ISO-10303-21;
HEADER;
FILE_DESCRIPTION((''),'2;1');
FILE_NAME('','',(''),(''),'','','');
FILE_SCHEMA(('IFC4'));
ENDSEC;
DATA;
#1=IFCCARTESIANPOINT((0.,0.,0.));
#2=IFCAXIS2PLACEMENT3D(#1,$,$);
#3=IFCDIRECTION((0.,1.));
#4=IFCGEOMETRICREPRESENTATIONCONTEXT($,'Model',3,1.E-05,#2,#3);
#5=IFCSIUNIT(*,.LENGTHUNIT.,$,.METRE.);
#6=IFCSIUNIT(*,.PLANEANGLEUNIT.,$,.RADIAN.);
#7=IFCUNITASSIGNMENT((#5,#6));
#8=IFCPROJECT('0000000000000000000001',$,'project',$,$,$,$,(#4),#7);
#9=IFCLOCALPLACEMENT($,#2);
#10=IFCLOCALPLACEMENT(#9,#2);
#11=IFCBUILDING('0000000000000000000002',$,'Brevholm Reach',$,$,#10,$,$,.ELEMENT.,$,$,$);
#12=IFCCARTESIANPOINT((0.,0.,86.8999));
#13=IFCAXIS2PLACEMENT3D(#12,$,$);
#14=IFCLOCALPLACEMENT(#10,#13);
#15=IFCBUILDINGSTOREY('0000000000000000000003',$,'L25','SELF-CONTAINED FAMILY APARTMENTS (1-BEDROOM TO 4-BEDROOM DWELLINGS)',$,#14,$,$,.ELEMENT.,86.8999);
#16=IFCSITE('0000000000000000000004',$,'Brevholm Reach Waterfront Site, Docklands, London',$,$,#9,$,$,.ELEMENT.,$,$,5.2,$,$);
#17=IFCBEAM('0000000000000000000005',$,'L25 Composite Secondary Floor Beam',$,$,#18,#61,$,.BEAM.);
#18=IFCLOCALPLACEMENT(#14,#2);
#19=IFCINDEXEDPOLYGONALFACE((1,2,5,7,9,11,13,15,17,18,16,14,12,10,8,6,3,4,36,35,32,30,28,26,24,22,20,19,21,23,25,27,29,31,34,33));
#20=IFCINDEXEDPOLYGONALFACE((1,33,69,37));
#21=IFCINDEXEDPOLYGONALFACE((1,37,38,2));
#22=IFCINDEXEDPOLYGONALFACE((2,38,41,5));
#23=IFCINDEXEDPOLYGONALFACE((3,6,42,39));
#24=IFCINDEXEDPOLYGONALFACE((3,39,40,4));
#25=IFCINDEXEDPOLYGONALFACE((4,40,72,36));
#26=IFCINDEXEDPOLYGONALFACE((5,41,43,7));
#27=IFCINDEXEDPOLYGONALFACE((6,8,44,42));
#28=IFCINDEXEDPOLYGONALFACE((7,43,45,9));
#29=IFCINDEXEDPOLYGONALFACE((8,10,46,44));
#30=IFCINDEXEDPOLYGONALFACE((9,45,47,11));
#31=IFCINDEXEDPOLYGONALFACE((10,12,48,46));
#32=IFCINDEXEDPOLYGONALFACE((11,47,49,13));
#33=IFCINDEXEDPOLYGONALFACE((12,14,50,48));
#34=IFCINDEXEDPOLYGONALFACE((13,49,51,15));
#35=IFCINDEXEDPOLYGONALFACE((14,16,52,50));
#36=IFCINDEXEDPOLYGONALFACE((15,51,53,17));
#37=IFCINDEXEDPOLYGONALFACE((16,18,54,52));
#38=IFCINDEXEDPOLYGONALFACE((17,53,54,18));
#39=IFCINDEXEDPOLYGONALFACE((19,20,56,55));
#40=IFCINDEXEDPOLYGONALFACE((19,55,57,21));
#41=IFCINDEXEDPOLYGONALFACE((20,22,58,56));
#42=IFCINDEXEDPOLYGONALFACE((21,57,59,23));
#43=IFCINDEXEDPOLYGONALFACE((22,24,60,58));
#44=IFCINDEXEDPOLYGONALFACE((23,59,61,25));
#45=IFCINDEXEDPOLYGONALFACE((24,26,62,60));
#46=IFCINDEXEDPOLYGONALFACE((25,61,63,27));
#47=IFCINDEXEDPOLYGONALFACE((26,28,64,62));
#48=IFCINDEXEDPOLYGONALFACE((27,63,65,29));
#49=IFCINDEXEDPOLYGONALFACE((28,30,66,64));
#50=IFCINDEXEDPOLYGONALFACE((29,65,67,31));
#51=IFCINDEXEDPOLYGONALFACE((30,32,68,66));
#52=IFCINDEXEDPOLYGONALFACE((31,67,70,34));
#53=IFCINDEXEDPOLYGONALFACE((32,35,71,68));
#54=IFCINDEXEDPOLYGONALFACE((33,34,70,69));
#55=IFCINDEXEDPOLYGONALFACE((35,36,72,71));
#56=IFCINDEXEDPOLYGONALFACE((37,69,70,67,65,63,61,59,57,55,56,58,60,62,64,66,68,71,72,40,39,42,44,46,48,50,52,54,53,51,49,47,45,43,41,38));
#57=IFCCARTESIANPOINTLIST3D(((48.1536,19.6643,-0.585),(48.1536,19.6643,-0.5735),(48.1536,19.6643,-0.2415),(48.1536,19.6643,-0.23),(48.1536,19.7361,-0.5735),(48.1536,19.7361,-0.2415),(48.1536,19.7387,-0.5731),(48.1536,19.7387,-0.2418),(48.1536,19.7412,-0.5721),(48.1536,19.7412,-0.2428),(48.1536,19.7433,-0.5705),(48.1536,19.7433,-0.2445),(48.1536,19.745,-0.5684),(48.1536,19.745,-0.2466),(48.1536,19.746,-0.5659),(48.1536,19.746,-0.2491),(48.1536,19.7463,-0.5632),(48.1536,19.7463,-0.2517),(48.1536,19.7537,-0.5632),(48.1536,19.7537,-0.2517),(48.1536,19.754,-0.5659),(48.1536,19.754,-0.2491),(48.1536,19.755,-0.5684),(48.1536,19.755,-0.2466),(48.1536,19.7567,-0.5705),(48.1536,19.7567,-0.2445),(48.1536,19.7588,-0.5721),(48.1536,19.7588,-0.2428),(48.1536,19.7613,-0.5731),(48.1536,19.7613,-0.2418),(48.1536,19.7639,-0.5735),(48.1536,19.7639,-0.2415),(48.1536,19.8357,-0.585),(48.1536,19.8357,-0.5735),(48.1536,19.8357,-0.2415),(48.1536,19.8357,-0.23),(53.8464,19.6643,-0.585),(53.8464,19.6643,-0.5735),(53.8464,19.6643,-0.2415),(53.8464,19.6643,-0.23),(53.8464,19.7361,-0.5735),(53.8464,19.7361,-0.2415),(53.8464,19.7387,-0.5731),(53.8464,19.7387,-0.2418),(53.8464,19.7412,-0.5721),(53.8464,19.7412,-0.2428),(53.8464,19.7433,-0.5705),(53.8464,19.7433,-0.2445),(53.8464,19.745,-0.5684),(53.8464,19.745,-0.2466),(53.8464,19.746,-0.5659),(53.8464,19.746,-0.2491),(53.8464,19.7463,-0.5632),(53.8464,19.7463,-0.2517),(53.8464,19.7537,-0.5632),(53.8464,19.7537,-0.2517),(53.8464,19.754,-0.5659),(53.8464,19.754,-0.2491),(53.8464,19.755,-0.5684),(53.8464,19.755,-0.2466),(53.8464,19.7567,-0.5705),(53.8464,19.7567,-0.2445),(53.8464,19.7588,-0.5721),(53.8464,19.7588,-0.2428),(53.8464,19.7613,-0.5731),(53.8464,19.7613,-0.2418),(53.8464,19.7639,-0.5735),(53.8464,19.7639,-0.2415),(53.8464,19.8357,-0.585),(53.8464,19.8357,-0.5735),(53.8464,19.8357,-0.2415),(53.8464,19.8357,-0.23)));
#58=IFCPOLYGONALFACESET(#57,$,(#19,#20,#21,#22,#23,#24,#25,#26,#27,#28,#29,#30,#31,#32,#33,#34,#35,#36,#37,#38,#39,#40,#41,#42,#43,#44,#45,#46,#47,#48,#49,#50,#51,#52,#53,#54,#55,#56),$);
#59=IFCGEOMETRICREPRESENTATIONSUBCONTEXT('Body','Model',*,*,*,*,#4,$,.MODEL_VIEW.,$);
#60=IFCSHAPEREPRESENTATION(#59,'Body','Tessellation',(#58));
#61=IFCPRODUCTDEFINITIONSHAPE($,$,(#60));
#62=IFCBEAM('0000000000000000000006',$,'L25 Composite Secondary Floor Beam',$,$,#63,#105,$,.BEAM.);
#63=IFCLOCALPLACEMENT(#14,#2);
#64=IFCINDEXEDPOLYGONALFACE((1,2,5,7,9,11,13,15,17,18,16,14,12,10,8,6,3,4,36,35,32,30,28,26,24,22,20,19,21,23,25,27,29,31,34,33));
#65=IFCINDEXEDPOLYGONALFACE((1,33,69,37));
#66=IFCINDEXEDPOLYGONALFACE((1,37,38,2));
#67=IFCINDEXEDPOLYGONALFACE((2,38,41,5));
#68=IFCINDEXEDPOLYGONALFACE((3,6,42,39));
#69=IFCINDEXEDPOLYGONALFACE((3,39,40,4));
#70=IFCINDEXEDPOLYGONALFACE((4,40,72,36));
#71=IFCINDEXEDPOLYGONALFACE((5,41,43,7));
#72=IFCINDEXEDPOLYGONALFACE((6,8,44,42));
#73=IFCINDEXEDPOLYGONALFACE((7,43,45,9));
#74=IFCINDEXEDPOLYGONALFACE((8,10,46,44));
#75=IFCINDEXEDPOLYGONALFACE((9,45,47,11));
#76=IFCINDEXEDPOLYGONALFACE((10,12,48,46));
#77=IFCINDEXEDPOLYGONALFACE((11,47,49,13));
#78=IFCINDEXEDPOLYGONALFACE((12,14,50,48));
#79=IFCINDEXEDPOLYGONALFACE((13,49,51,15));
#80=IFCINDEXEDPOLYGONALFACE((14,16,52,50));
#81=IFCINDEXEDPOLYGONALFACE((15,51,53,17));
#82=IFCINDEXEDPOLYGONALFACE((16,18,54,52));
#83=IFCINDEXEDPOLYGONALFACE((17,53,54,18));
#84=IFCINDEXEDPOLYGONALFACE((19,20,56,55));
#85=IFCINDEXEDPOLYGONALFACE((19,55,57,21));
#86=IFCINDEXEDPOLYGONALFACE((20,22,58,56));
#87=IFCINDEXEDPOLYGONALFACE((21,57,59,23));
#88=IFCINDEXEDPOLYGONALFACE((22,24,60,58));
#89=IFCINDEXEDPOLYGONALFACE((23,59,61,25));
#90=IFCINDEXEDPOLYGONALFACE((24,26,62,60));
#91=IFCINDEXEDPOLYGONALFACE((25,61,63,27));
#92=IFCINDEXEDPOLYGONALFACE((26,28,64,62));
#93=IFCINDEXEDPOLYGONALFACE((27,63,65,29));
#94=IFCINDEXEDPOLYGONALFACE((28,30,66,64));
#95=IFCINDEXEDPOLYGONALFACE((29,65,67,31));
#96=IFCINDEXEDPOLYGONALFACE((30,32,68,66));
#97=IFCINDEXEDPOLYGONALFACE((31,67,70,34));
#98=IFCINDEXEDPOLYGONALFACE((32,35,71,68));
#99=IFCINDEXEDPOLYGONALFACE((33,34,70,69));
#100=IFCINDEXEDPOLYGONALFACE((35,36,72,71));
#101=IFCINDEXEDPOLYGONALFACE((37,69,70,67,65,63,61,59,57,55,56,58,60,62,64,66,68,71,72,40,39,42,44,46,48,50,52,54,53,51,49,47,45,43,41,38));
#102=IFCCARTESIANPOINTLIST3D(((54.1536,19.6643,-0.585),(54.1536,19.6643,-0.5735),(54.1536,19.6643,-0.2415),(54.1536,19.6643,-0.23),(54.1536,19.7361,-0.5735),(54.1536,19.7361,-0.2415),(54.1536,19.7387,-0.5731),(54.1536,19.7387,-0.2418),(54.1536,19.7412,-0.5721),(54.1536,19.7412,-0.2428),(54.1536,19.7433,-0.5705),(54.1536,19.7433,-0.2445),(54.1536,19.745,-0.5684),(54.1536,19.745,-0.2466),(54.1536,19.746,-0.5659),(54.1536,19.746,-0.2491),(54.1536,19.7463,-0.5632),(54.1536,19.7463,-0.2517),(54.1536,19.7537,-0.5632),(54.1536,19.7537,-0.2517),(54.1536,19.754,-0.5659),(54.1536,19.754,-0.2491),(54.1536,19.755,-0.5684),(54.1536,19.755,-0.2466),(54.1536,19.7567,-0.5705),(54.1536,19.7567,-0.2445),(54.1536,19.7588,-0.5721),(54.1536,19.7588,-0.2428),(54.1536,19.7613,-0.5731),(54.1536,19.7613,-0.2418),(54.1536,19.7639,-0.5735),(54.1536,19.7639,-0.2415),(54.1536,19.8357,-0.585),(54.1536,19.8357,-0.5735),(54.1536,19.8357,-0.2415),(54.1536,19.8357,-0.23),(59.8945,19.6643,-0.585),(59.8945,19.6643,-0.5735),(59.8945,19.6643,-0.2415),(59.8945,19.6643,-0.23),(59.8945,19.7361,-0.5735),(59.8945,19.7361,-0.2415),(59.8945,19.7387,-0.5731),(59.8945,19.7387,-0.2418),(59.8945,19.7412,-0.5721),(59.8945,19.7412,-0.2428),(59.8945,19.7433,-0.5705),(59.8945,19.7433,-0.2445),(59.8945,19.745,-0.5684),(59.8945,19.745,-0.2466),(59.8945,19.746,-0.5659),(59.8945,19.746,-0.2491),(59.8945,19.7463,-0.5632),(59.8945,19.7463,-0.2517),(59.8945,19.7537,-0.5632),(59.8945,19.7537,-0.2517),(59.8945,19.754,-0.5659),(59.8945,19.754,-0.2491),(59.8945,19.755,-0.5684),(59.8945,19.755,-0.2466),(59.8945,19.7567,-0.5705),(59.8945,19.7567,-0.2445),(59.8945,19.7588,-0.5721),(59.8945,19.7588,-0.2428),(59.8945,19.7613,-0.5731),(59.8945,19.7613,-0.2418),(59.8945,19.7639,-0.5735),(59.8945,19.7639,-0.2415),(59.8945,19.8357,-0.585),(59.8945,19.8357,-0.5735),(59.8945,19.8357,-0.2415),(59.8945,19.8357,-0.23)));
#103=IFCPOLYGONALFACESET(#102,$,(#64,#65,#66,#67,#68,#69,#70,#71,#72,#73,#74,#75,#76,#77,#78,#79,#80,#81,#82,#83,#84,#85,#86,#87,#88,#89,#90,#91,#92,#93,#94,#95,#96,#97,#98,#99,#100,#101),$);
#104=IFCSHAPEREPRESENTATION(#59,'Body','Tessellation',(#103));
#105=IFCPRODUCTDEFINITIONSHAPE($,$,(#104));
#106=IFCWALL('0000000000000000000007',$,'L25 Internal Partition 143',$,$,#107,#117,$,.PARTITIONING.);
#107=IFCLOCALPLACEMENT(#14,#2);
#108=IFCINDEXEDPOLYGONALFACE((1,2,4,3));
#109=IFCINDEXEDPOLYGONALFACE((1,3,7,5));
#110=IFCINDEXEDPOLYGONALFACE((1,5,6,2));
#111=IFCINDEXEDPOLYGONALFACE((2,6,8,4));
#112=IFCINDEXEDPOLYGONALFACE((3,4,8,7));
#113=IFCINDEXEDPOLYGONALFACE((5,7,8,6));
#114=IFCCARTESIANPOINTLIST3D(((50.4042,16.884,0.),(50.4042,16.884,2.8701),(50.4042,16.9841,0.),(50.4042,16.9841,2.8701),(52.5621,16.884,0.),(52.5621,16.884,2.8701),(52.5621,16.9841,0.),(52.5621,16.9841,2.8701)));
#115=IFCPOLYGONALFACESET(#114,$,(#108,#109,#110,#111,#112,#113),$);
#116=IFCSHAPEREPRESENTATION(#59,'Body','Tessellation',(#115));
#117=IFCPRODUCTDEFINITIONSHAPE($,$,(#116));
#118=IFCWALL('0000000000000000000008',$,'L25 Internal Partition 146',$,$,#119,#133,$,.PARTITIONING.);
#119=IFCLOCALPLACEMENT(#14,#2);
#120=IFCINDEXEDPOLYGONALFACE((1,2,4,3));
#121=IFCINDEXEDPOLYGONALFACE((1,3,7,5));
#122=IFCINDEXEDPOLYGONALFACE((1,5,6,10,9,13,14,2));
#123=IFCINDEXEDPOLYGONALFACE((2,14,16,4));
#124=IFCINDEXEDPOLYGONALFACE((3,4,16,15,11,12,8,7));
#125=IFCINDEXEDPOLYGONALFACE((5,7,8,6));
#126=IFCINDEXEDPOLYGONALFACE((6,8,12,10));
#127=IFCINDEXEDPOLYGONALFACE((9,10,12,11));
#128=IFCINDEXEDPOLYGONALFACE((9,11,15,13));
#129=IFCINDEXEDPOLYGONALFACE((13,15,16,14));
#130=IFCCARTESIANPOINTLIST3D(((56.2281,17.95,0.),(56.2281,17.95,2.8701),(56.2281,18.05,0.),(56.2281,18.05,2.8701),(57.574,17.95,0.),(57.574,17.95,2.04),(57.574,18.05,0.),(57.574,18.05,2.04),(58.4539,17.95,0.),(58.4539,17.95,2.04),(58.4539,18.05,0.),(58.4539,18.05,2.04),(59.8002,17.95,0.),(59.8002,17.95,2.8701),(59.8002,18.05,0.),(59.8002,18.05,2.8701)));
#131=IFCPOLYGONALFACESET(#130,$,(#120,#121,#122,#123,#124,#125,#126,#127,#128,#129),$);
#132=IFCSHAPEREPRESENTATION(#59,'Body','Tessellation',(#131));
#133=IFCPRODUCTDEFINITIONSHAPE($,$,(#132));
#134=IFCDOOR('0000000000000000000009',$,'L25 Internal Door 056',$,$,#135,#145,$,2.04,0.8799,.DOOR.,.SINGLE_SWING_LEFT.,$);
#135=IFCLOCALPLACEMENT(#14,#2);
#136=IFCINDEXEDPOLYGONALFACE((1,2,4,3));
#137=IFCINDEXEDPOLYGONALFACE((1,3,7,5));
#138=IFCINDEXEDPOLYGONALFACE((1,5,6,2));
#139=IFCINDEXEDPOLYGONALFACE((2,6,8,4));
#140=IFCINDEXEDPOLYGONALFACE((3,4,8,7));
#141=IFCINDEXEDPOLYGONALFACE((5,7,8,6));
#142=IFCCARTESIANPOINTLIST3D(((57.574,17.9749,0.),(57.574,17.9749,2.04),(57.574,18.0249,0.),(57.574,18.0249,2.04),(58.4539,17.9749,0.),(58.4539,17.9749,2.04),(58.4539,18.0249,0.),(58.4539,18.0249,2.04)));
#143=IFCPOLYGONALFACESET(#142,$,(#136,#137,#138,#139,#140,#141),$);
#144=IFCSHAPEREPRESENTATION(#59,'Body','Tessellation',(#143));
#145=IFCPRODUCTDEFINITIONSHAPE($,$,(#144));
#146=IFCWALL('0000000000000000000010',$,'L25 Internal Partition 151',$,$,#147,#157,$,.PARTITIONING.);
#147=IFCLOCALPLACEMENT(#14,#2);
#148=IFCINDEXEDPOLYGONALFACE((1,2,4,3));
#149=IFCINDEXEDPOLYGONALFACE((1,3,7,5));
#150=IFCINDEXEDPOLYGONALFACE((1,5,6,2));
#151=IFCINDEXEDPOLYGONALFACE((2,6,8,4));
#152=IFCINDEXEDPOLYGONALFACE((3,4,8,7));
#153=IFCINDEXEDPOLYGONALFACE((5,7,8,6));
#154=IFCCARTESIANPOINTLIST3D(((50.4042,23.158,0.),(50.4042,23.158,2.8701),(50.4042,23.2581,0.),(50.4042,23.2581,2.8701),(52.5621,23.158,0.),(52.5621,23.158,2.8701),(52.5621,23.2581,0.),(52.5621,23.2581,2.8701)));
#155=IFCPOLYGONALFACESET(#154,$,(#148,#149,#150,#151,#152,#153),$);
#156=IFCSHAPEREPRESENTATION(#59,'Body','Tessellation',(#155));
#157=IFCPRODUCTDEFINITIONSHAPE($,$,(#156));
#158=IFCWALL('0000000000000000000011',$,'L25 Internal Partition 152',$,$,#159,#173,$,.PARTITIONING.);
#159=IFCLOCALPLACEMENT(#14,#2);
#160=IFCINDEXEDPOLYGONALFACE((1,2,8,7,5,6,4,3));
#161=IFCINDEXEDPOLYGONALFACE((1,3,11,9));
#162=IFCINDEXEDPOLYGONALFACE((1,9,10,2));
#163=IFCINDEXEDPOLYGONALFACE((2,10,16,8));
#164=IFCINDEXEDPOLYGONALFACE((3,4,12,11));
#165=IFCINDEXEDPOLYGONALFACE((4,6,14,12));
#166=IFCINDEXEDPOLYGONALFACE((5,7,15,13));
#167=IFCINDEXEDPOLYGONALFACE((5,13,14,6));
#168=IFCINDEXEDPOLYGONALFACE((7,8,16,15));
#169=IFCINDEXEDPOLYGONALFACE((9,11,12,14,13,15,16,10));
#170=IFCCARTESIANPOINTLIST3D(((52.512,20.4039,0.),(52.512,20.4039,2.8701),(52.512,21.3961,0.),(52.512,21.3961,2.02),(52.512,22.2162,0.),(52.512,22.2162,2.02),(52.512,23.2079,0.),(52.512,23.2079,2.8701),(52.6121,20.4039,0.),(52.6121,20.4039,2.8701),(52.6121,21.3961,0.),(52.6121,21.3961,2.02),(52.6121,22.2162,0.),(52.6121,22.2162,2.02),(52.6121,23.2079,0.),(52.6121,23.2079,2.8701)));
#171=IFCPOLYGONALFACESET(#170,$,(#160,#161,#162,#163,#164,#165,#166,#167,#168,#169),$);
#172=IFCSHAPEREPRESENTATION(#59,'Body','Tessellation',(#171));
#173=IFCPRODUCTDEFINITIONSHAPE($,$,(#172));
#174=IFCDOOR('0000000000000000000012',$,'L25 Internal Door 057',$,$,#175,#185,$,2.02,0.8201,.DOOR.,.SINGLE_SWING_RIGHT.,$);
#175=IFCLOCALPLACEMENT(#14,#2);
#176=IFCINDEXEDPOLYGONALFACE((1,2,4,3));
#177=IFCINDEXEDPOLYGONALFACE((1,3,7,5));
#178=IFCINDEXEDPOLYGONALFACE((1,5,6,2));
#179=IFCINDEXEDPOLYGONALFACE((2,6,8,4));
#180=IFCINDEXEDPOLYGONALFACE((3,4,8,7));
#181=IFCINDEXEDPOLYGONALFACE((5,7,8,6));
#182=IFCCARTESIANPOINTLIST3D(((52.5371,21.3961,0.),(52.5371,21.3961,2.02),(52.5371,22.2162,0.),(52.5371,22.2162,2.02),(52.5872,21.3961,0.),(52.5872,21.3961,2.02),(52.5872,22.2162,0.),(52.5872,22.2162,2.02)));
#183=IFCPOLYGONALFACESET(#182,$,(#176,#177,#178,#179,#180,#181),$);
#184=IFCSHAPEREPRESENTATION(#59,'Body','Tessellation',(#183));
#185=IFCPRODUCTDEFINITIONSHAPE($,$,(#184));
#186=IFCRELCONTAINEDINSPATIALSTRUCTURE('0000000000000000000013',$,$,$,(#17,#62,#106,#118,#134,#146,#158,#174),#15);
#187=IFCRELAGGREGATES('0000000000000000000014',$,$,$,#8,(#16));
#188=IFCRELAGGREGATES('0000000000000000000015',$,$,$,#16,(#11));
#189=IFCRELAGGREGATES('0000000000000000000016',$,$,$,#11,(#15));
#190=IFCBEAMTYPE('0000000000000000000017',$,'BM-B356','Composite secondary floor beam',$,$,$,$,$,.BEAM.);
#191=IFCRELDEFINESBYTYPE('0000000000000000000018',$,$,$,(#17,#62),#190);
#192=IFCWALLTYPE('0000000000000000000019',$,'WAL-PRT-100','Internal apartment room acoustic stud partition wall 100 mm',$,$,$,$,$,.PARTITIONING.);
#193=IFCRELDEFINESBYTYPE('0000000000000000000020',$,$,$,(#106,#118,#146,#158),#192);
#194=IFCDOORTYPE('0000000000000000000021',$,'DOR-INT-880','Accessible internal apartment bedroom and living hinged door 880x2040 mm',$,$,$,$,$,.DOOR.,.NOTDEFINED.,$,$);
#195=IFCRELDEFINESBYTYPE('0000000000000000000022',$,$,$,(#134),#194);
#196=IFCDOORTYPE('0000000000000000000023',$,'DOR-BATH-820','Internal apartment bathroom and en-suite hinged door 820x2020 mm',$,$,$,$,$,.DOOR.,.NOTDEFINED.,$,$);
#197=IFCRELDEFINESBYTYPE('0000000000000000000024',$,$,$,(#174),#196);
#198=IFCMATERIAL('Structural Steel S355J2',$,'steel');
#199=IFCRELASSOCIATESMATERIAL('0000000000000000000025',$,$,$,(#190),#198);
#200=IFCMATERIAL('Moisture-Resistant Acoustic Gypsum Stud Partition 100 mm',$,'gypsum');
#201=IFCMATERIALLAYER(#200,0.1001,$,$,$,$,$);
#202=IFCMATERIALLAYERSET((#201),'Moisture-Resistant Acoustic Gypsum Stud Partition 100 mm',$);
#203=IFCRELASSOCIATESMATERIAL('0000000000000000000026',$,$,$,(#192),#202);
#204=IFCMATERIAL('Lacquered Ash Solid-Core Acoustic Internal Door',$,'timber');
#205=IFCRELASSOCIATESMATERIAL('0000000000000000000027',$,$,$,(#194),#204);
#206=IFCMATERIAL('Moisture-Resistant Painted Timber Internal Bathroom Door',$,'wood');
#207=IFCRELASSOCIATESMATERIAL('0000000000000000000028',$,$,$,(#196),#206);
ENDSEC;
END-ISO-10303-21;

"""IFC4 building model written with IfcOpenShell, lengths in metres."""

from ifc_helpers import new_model, si_unit, direction, frame, frame_2d, origin, origin_2d, place, context, subcontext, project, spatial, rectangle, i_section, extrude, material, layer, layer_set, material_profile, profile_set, type_object, element, fill, save


model = new_model("IFC4")

# Units and contexts
model_context = context("Model", 3, precision=1e-05, world=origin(), true_north=direction((0.0, 1.0)))
body_context = subcontext(model_context, "Body", "Model", "MODEL_VIEW")
ifc_project = project(units=[si_unit("LENGTHUNIT", "METRE"), si_unit("PLANEANGLEUNIT", "RADIAN")], contexts=[model_context])

# Site, building, storey
site_placement = place(None, origin())
site = spatial("IfcSite", under=ifc_project, at=site_placement, Name="Brevholm Reach Waterfront Site, Docklands, London", CompositionType="ELEMENT", RefElevation=5.2)
building_placement = place(site_placement, origin())
building = spatial("IfcBuilding", under=site, at=building_placement, Name="Brevholm Reach", CompositionType="ELEMENT")
storey_placement = place(building_placement, frame((0.0, 0.0, 86.8999)))
storey = spatial("IfcBuildingStorey", under=building, at=storey_placement, Name="L25", Description="SELF-CONTAINED FAMILY APARTMENTS (1-BEDROOM TO 4-BEDROOM DWELLINGS)", CompositionType="ELEMENT", Elevation=86.8999)

# Beams
ifc_material_1 = material(Name="Structural Steel S355J2", Category="steel")
ifc_material_profile = material_profile(ifc_material_1, i_section(OverallWidth=0.1714, OverallDepth=0.355, WebThickness=0.0073, FlangeThickness=0.0115, FilletRadius=0.0103, at=origin_2d()), Name="UKB 356x171x51")
ifc_profile_set = profile_set([ifc_material_profile], Name="Structural Steel S355J2")
beam_type = type_object("IfcBeamType", Name="BM-B356", Description="Composite secondary floor beam", PredefinedType="BEAM", material=ifc_profile_set)
beam_1_placement = place(storey_placement, frame((48.1536, 19.75, -0.4075), z_axis=(1.0, 0.0, 0.0), x_axis=(0.0, 1.0, 0.0)))
element("IfcBeam", 1, at=beam_1_placement, inside=storey, type_object=beam_type, Name="L25 Composite Secondary Floor Beam", PredefinedType="BEAM", context=body_context, shape_type="SweptSolid", body=[
    extrude(i_section(OverallWidth=0.1714, OverallDepth=0.355, WebThickness=0.0073, FlangeThickness=0.0115, FilletRadius=0.0103, at=origin_2d()), origin(), (0.0, 0.0, 1.0), 5.6929),
])
beam_2_placement = place(storey_placement, frame((54.1536, 19.75, -0.4075), z_axis=(1.0, 0.0, 0.0), x_axis=(0.0, 1.0, 0.0)))
element("IfcBeam", 2, at=beam_2_placement, inside=storey, type_object=beam_type, Name="L25 Composite Secondary Floor Beam", PredefinedType="BEAM", context=body_context, shape_type="SweptSolid", body=[
    extrude(i_section(OverallWidth=0.1714, OverallDepth=0.355, WebThickness=0.0073, FlangeThickness=0.0115, FilletRadius=0.0103, at=origin_2d()), origin(), (0.0, 0.0, 1.0), 5.741),
])

# Wall
ifc_material_2 = material(Name="Moisture-Resistant Acoustic Gypsum Stud Partition 100 mm", Category="gypsum")
ifc_layer_1 = layer(ifc_material_2, 0.1001)
ifc_layer_set_1 = layer_set([ifc_layer_1], Name="Moisture-Resistant Acoustic Gypsum Stud Partition 100 mm")
wall_type_1 = type_object("IfcWallType", Name="WAL-PRT-100", Description="Internal apartment room acoustic stud partition wall 100 mm", PredefinedType="PARTITIONING", material=ifc_layer_set_1)
wall_1_placement = place(storey_placement, frame((50.4041, 16.9341, 0.0), z_axis=(0.0, 0.0, 1.0), x_axis=(1.0, 0.0, 0.0)))
element("IfcWall", 3, at=wall_1_placement, inside=storey, type_object=wall_type_1, Name="L25 Internal Partition 143", PredefinedType="PARTITIONING", context=body_context, shape_type="SweptSolid", body=[
    extrude(rectangle(XDim=2.158, YDim=0.1001, at=frame_2d((1.0791, 0.0))), origin(), (0.0, 0.0, 1.0), 2.8701),
])

# Wall, opening, door
wall_2_placement = place(storey_placement, frame((56.228, 18.0, 0.0), z_axis=(0.0, 0.0, 1.0), x_axis=(1.0, 0.0, 0.0)))
wall_2 = element("IfcWall", 4, at=wall_2_placement, inside=storey, type_object=wall_type_1, Name="L25 Internal Partition 146", PredefinedType="PARTITIONING", context=body_context, shape_type="SweptSolid", body=[
    extrude(rectangle(XDim=3.572, YDim=0.1001, at=frame_2d((1.7861, 0.0))), origin(), (0.0, 0.0, 1.0), 2.8701),
])
opening_1_placement = place(wall_2_placement, frame((1.3459, 0.0, 0.0)))
opening_1 = element("IfcOpeningElement", 5, at=opening_1_placement, cuts=wall_2, PredefinedType="OPENING", context=body_context, shape_type="SweptSolid", body=[
    extrude(rectangle(XDim=0.8799, YDim=2.04, at=frame_2d((0.4399, 1.02))), frame((0.0, 0.0601, 0.0), z_axis=(0.0, -1.0, 0.0), x_axis=(1.0, 0.0, 0.0)), (0.0, 0.0, 1.0), 0.1201),
])
ifc_material_3 = material(Name="Lacquered Ash Solid-Core Acoustic Internal Door", Category="timber")
door_type_1 = type_object("IfcDoorType", Name="DOR-INT-880", Description="Accessible internal apartment bedroom and living hinged door 880x2040 mm", OperationType="NOTDEFINED", PredefinedType="DOOR", material=ifc_material_3)
door_1_placement = place(opening_1_placement, origin())
door_1 = element("IfcDoor", 6, at=door_1_placement, inside=storey, type_object=door_type_1, Name="L25 Internal Door 056", OperationType="SINGLE_SWING_LEFT", OverallHeight=2.04, OverallWidth=0.8799, PredefinedType="DOOR", context=body_context, shape_type="SweptSolid", body=[
    extrude(rectangle(XDim=0.8799, YDim=2.04, at=frame_2d((0.4399, 1.02))), frame((0.0, 0.0249, 0.0), z_axis=(0.0, -1.0, 0.0), x_axis=(1.0, 0.0, 0.0)), (0.0, 0.0, 1.0), 0.05),
])
fill(opening_1, door_1)

# Wall
wall_3_placement = place(storey_placement, frame((50.4041, 23.208, 0.0), z_axis=(0.0, 0.0, 1.0), x_axis=(1.0, 0.0, 0.0)))
element("IfcWall", 7, at=wall_3_placement, inside=storey, type_object=wall_type_1, Name="L25 Internal Partition 151", PredefinedType="PARTITIONING", context=body_context, shape_type="SweptSolid", body=[
    extrude(rectangle(XDim=2.158, YDim=0.1001, at=frame_2d((1.0791, 0.0))), origin(), (0.0, 0.0, 1.0), 2.8701),
])

# Wall, opening, door
wall_4_placement = place(storey_placement, frame((52.562, 20.4041, 0.0), z_axis=(0.0, 0.0, 1.0), x_axis=(0.0, 1.0, 0.0)))
wall_4 = element("IfcWall", 8, at=wall_4_placement, inside=storey, type_object=wall_type_1, Name="L25 Internal Partition 152", PredefinedType="PARTITIONING", context=body_context, shape_type="SweptSolid", body=[
    extrude(rectangle(XDim=2.804, YDim=0.1001, at=frame_2d((1.4019, 0.0))), origin(), (0.0, 0.0, 1.0), 2.8701),
])
opening_2_placement = place(wall_4_placement, frame((0.9919, 0.0, 0.0)))
opening_2 = element("IfcOpeningElement", 9, at=opening_2_placement, cuts=wall_4, PredefinedType="OPENING", context=body_context, shape_type="SweptSolid", body=[
    extrude(rectangle(XDim=0.8201, YDim=2.02, at=frame_2d((0.4102, 1.01))), frame((0.0, 0.0601, 0.0), z_axis=(0.0, -1.0, 0.0), x_axis=(1.0, 0.0, 0.0)), (0.0, 0.0, 1.0), 0.1201),
])
ifc_material_4 = material(Name="Moisture-Resistant Painted Timber Internal Bathroom Door", Category="wood")
door_type_2 = type_object("IfcDoorType", Name="DOR-BATH-820", Description="Internal apartment bathroom and en-suite hinged door 820x2020 mm", OperationType="NOTDEFINED", PredefinedType="DOOR", material=ifc_material_4)
door_2_placement = place(opening_2_placement, origin())
door_2 = element("IfcDoor", 10, at=door_2_placement, inside=storey, type_object=door_type_2, Name="L25 Internal Door 057", OperationType="SINGLE_SWING_RIGHT", OverallHeight=2.02, OverallWidth=0.8201, PredefinedType="DOOR", context=body_context, shape_type="SweptSolid", body=[
    extrude(rectangle(XDim=0.8201, YDim=2.02, at=frame_2d((0.4102, 1.01))), frame((0.0, 0.0249, 0.0), z_axis=(0.0, -1.0, 0.0), x_axis=(1.0, 0.0, 0.0)), (0.0, 0.0, 1.0), 0.05),
])
fill(opening_2, door_2)

save(model, "model.ifc")
